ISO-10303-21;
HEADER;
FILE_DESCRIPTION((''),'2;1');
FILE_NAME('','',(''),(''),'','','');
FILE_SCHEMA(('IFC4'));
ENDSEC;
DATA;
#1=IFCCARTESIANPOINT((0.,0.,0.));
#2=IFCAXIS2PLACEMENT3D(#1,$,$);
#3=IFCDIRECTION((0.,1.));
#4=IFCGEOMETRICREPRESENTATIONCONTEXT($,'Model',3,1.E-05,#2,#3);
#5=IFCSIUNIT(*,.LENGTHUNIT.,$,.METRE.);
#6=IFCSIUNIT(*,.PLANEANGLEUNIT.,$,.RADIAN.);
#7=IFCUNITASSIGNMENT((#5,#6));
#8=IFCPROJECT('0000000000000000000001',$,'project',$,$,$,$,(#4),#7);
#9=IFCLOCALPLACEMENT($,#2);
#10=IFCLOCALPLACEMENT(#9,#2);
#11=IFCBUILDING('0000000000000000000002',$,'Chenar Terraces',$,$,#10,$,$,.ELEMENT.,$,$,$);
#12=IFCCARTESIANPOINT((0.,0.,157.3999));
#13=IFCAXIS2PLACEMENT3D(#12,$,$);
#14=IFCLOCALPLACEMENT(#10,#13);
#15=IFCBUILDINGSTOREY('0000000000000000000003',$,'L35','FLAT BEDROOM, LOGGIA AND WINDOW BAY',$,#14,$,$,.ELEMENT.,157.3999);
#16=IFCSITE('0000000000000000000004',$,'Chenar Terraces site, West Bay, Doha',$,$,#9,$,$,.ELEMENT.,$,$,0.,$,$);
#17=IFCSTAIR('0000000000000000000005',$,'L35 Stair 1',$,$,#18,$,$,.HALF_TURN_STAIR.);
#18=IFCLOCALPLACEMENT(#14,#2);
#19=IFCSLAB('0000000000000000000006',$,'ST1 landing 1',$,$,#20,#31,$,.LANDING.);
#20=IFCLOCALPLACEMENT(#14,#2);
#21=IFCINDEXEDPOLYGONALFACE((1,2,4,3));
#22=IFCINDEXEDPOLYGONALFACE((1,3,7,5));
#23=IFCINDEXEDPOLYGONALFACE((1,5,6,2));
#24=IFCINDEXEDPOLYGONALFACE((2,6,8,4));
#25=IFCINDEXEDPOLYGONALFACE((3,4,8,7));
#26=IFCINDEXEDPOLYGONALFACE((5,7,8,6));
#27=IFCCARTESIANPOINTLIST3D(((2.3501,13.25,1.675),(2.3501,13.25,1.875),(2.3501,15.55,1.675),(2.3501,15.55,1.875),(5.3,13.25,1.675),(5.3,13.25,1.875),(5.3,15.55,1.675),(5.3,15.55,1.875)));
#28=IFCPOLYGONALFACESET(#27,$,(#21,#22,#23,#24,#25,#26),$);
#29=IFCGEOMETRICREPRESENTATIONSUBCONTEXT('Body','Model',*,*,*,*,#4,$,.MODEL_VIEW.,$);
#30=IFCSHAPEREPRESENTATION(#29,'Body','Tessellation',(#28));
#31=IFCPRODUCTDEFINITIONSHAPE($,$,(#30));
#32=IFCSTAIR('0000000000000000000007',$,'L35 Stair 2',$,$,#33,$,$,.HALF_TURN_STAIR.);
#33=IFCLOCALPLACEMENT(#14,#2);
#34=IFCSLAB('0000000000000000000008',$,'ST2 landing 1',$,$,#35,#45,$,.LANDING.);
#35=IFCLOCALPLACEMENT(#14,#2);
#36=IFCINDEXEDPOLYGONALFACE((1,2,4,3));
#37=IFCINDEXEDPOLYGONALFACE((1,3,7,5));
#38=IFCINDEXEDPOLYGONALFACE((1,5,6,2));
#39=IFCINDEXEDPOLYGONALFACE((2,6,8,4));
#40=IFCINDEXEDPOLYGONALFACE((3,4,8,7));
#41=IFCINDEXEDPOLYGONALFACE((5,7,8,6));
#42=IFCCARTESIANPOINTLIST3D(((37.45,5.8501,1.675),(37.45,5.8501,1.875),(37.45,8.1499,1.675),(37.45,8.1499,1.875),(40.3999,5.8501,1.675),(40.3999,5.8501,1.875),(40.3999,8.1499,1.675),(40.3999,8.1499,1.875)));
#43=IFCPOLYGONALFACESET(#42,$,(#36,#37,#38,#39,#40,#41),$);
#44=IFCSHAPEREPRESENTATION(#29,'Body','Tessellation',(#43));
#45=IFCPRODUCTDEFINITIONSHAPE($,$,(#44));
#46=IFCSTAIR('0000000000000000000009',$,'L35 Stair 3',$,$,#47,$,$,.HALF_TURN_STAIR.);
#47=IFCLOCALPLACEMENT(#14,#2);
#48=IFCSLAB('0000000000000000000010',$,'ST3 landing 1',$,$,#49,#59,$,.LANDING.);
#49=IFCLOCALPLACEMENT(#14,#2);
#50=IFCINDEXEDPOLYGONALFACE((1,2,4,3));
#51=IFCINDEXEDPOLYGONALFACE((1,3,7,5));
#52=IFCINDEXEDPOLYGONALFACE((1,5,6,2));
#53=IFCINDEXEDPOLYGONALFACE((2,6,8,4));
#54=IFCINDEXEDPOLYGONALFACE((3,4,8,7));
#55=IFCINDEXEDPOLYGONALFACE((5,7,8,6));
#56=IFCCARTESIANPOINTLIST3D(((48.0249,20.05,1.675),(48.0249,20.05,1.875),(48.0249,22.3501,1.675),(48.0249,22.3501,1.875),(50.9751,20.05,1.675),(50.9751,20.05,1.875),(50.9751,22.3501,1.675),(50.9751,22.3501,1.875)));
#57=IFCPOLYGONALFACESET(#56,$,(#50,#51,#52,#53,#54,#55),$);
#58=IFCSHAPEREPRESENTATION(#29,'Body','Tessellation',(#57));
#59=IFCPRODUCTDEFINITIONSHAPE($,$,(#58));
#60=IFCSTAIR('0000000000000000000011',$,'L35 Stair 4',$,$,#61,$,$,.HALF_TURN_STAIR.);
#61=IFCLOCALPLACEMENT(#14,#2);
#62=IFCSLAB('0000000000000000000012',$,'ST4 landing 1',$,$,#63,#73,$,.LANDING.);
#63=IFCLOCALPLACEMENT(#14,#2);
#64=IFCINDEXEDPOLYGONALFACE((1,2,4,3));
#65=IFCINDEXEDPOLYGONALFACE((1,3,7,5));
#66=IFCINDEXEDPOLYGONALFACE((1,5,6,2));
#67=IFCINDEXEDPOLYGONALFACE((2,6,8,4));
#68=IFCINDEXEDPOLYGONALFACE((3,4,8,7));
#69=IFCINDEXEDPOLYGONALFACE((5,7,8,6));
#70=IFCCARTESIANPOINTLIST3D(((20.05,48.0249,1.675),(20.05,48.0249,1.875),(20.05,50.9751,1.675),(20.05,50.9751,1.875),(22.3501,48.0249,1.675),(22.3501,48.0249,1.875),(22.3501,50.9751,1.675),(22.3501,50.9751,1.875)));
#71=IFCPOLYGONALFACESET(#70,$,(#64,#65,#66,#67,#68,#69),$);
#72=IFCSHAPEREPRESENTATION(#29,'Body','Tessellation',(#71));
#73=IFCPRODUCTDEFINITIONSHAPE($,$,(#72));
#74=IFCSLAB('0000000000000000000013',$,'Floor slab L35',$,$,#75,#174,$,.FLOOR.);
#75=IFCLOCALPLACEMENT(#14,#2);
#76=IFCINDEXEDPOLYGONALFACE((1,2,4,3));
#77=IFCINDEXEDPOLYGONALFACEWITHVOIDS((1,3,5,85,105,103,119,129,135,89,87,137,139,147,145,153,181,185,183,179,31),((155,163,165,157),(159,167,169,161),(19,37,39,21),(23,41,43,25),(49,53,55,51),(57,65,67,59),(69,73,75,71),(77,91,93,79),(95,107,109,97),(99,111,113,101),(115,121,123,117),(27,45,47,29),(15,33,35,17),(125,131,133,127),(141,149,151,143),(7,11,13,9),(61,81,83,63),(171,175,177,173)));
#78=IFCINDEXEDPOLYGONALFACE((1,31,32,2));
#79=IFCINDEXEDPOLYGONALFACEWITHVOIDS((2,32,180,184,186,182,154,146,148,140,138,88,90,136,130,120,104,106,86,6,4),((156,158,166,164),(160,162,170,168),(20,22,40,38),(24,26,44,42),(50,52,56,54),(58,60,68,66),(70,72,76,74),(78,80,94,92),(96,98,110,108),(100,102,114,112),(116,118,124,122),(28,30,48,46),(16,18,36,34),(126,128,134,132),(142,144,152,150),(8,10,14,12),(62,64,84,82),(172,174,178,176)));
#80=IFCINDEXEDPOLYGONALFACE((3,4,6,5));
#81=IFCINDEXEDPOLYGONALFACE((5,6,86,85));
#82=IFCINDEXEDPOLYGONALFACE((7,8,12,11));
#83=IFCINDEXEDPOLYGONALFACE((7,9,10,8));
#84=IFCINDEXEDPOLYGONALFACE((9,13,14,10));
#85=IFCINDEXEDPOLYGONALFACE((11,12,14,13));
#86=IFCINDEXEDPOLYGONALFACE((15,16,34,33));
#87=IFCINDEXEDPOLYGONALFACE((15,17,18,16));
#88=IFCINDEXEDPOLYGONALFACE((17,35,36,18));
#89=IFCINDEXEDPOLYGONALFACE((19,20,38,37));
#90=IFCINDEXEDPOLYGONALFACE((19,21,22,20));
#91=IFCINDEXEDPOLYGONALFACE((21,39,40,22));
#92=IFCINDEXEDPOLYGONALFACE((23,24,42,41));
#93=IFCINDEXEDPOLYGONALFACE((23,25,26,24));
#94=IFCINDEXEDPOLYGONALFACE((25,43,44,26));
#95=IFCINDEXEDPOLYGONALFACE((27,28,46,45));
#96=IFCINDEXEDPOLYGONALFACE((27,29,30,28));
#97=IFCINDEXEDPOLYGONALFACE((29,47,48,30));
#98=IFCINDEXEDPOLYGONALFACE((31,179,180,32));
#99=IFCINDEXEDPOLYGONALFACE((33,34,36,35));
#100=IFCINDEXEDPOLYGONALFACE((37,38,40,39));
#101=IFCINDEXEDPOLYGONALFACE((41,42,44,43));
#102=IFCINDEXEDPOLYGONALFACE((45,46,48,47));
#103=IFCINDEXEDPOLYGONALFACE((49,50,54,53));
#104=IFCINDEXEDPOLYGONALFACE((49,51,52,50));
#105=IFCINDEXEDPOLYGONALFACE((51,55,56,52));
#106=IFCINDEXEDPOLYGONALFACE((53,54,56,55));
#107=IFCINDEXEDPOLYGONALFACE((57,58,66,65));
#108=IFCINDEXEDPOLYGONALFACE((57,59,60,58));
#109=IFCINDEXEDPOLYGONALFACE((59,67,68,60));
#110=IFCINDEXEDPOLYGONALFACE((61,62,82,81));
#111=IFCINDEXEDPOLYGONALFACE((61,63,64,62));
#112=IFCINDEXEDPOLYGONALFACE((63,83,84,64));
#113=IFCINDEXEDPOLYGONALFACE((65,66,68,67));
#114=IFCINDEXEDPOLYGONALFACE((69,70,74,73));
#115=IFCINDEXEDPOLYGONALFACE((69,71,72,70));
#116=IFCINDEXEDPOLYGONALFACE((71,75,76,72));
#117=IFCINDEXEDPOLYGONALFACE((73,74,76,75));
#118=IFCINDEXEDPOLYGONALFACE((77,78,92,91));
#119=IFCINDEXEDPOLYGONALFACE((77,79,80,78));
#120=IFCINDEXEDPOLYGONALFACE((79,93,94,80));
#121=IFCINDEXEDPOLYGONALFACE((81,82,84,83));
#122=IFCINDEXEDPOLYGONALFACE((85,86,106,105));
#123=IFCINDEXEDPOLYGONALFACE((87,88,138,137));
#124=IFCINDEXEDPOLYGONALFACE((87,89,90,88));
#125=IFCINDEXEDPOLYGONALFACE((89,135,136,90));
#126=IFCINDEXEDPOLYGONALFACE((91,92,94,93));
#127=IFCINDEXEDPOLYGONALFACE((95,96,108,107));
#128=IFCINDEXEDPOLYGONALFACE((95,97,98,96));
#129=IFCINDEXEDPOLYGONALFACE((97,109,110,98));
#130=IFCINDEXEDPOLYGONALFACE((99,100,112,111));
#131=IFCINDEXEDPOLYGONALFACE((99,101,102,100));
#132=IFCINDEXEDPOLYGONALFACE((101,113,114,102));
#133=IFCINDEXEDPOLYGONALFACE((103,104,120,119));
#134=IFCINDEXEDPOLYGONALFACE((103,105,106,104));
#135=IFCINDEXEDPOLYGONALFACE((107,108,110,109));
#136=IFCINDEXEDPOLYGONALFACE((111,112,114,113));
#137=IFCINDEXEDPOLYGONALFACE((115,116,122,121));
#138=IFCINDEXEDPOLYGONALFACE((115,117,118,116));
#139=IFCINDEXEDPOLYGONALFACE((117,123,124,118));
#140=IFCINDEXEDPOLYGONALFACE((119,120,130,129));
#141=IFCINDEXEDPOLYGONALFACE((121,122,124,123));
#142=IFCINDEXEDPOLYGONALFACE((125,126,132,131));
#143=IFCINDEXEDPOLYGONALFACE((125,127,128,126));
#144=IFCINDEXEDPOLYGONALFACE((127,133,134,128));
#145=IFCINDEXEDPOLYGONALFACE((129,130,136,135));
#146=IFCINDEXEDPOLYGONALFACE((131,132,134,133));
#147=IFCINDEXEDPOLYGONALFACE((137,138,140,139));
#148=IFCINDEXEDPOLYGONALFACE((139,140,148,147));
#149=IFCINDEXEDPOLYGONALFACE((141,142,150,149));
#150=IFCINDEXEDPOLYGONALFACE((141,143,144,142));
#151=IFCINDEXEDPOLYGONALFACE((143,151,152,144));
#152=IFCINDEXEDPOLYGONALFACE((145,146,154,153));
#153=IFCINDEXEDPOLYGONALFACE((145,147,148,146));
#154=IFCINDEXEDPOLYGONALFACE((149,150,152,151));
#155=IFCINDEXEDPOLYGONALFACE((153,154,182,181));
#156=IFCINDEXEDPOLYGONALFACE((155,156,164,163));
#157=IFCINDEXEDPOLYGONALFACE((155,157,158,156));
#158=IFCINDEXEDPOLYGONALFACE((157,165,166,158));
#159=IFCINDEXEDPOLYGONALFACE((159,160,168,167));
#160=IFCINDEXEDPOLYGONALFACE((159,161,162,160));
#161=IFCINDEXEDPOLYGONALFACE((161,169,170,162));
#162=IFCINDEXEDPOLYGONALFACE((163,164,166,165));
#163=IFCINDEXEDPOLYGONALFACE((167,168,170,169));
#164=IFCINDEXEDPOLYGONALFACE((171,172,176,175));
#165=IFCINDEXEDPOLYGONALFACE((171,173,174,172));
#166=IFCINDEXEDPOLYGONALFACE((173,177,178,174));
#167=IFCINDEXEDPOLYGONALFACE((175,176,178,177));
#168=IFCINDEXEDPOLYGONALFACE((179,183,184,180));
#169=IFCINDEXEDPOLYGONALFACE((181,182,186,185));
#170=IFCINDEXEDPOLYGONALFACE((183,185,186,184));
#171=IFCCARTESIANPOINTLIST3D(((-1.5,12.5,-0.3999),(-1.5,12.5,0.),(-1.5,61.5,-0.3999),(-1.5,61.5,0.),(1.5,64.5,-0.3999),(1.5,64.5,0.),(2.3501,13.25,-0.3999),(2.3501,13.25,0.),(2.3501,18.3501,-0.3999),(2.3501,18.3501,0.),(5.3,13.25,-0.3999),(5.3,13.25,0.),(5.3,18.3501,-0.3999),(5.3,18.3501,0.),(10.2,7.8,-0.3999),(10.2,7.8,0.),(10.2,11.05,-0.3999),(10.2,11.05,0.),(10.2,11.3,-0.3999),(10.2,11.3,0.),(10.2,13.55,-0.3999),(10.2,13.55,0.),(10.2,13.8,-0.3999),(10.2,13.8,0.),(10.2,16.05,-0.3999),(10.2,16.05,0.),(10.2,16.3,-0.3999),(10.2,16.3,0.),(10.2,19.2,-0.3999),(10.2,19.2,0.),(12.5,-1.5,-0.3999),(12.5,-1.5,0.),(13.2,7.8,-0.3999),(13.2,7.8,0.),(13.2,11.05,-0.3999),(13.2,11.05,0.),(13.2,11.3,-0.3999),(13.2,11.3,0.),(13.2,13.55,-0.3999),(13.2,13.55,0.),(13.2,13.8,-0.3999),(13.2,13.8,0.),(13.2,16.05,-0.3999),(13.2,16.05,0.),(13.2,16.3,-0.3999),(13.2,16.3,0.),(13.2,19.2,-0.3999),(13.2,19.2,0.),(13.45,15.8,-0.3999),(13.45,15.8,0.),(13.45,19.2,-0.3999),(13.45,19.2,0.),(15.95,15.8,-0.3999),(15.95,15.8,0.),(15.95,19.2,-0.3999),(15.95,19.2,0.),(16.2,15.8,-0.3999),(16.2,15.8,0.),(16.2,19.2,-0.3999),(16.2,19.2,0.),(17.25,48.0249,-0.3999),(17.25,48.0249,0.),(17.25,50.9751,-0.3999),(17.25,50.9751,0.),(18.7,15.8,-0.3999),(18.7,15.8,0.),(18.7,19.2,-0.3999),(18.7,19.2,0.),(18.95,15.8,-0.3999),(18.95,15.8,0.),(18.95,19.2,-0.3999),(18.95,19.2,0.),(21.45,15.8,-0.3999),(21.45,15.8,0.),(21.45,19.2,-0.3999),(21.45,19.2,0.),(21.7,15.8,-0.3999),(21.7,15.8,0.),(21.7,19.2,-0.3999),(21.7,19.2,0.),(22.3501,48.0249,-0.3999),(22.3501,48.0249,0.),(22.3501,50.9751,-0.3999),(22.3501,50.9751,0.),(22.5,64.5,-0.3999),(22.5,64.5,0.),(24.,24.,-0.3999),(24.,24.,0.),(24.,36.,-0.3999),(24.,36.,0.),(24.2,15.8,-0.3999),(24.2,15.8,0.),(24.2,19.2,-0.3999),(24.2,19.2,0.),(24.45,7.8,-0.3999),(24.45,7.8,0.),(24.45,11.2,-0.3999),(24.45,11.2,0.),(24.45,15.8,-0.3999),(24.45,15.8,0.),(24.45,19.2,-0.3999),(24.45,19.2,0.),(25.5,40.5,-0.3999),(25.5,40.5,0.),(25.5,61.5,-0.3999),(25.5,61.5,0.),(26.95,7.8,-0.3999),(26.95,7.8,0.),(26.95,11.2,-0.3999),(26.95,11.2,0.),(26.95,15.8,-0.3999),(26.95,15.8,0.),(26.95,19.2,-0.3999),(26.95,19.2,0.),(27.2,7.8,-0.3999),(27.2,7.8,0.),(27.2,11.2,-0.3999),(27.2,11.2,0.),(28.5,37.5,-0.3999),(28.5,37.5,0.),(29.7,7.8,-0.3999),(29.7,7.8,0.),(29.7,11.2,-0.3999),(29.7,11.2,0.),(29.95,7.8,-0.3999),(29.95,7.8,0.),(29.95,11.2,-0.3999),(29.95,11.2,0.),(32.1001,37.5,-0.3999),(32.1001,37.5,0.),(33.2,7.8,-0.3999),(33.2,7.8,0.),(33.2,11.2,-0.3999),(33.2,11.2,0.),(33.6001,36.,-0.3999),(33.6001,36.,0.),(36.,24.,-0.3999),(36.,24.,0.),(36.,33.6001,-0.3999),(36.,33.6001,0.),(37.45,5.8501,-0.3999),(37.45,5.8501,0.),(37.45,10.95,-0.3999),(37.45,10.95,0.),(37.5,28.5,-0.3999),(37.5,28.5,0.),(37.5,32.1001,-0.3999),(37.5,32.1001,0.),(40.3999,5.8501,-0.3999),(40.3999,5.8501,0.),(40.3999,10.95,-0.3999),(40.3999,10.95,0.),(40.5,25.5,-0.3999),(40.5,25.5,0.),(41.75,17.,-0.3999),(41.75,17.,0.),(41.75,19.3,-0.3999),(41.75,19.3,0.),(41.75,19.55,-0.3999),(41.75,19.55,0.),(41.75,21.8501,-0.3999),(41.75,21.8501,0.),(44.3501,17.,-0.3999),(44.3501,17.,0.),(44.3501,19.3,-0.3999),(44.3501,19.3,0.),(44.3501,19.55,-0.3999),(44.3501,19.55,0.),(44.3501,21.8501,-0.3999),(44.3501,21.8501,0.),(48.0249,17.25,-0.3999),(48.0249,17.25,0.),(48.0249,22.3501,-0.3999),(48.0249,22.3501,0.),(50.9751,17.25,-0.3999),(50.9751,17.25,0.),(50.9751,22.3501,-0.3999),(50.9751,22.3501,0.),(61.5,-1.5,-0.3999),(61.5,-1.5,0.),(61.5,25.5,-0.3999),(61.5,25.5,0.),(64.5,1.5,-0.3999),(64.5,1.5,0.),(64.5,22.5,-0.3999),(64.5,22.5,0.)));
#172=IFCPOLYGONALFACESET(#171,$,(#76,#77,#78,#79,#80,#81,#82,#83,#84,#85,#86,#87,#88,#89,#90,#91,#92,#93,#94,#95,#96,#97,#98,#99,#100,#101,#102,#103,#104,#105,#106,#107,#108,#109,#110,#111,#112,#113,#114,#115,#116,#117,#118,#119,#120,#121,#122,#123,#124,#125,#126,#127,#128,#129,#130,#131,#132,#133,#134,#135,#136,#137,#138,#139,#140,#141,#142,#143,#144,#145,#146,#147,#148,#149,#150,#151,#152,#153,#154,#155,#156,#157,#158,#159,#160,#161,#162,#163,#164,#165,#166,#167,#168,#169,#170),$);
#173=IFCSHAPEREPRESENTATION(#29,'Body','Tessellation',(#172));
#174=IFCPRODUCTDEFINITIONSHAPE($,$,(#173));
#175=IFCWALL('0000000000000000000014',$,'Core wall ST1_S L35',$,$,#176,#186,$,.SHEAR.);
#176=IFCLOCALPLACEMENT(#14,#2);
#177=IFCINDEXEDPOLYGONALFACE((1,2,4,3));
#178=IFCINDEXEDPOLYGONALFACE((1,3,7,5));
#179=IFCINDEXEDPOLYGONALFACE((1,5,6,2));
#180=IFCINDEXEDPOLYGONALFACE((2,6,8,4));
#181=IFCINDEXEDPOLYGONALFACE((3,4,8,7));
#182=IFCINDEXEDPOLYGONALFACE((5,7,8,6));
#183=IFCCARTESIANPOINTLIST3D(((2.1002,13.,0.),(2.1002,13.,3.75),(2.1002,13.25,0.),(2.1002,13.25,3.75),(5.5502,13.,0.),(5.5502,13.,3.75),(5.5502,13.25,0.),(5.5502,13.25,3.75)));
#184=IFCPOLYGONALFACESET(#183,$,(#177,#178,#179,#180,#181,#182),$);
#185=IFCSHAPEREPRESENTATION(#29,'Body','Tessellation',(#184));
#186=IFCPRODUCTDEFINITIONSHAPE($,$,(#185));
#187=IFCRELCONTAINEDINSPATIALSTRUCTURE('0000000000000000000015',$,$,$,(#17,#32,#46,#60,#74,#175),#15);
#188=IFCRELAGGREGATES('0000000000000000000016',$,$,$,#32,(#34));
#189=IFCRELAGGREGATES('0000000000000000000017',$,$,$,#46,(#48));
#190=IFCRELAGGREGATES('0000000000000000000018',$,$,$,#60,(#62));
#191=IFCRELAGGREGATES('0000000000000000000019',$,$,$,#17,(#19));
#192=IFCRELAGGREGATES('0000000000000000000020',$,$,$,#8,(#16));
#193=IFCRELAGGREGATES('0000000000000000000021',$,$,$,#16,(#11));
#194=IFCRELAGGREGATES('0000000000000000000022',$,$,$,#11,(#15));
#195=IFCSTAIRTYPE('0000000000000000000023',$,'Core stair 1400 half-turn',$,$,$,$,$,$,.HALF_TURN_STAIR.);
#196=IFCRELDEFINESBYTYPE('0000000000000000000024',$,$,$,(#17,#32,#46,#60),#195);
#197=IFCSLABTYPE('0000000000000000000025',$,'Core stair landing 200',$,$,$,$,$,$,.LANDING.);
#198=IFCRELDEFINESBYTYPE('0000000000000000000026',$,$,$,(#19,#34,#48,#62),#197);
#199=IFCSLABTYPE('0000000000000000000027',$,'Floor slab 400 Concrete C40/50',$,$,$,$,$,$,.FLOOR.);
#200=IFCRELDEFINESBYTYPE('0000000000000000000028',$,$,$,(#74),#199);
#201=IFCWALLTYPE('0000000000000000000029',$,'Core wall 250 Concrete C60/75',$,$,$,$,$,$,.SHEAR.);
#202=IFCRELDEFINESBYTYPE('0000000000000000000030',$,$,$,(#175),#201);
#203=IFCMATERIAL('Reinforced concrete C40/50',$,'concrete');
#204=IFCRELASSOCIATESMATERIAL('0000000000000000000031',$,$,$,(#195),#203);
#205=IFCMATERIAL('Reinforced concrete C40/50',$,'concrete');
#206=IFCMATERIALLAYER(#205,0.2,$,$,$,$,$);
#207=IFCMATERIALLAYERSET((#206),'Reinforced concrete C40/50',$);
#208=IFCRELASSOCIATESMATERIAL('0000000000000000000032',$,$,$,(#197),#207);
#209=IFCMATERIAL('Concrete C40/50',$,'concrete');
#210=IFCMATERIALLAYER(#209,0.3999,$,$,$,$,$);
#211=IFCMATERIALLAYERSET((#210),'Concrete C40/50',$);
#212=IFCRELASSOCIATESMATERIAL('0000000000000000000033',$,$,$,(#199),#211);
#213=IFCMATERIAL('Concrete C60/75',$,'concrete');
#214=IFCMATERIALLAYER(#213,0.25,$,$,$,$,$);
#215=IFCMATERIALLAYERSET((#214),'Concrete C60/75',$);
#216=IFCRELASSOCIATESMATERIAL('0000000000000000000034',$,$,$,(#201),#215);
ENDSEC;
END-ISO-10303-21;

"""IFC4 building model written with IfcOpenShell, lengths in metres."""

from ifc_helpers import new_model, si_unit, direction, frame, frame_2d, origin, place, context, subcontext, project, spatial, polyline, rectangle, outline, extrude, material, layer, layer_set, type_object, element, aggregate, save


model = new_model("IFC4")

# Units and contexts
model_context = context("Model", 3, precision=1e-05, world=origin(), true_north=direction((0.0, 1.0)))
body_context = subcontext(model_context, "Body", "Model", "MODEL_VIEW")
ifc_project = project(units=[si_unit("LENGTHUNIT", "METRE"), si_unit("PLANEANGLEUNIT", "RADIAN")], contexts=[model_context])

# Site, building, storey
site_placement = place(None, origin())
site = spatial("IfcSite", under=ifc_project, at=site_placement, Name="Chenar Terraces site, West Bay, Doha", CompositionType="ELEMENT", RefElevation=0.0)
building_placement = place(site_placement, origin())
building = spatial("IfcBuilding", under=site, at=building_placement, Name="Chenar Terraces", CompositionType="ELEMENT")
storey_placement = place(building_placement, frame((0.0, 0.0, 157.3999)))
storey = spatial("IfcBuildingStorey", under=building, at=storey_placement, Name="L35", Description="FLAT BEDROOM, LOGGIA AND WINDOW BAY", CompositionType="ELEMENT", Elevation=157.3999)

# Stairs, slabs
ifc_material_1 = material(Name="Reinforced concrete C40/50", Category="concrete")
stair_type = type_object("IfcStairType", Name="Core stair 1400 half-turn", PredefinedType="HALF_TURN_STAIR", material=ifc_material_1)
placement_1 = place(storey_placement, origin())
stair_1 = element("IfcStair", 1, at=placement_1, inside=storey, type_object=stair_type, Name="L35 Stair 1", PredefinedType="HALF_TURN_STAIR")
ifc_material_2 = material(Name="Reinforced concrete C40/50", Category="concrete")
ifc_layer_1 = layer(ifc_material_2, 0.2)
ifc_layer_set_1 = layer_set([ifc_layer_1], Name="Reinforced concrete C40/50")
slab_type_1 = type_object("IfcSlabType", Name="Core stair landing 200", PredefinedType="LANDING", material=ifc_layer_set_1)
placement_2 = place(storey_placement, frame((0.0, 0.0, 1.675)))
slab_1 = element("IfcSlab", 2, at=placement_2, type_object=slab_type_1, Name="ST1 landing 1", PredefinedType="LANDING", context=body_context, shape_type="SweptSolid", body=[
    extrude(outline(polyline([(2.3501, 15.55), (2.3501, 13.25), (5.3, 13.25), (5.3, 15.55), (2.3501, 15.55)])), origin(), (0.0, 0.0, 1.0), 0.2),
])
stair_2 = element("IfcStair", 3, at=placement_1, inside=storey, type_object=stair_type, Name="L35 Stair 2", PredefinedType="HALF_TURN_STAIR")
slab_2 = element("IfcSlab", 4, at=placement_2, type_object=slab_type_1, Name="ST2 landing 1", PredefinedType="LANDING", context=body_context, shape_type="SweptSolid", body=[
    extrude(outline(polyline([(37.45, 8.1499), (37.45, 5.8501), (40.3999, 5.8501), (40.3999, 8.1499), (37.45, 8.1499)])), origin(), (0.0, 0.0, 1.0), 0.2),
])
aggregate(stair_2, [slab_2])
stair_3 = element("IfcStair", 5, at=placement_1, inside=storey, type_object=stair_type, Name="L35 Stair 3", PredefinedType="HALF_TURN_STAIR")
slab_3 = element("IfcSlab", 6, at=placement_2, type_object=slab_type_1, Name="ST3 landing 1", PredefinedType="LANDING", context=body_context, shape_type="SweptSolid", body=[
    extrude(outline(polyline([(50.9751, 20.05), (50.9751, 22.3501), (48.0249, 22.3501), (48.0249, 20.05), (50.9751, 20.05)])), origin(), (0.0, 0.0, 1.0), 0.2),
])
aggregate(stair_3, [slab_3])
stair_4 = element("IfcStair", 7, at=placement_1, inside=storey, type_object=stair_type, Name="L35 Stair 4", PredefinedType="HALF_TURN_STAIR")
slab_4 = element("IfcSlab", 8, at=placement_2, type_object=slab_type_1, Name="ST4 landing 1", PredefinedType="LANDING", context=body_context, shape_type="SweptSolid", body=[
    extrude(outline(polyline([(20.05, 48.0249), (22.3501, 48.0249), (22.3501, 50.9751), (20.05, 50.9751), (20.05, 48.0249)])), origin(), (0.0, 0.0, 1.0), 0.2),
])
aggregate(stair_4, [slab_4])

# Slab
ifc_material_3 = material(Name="Concrete C40/50", Category="concrete")
ifc_layer_2 = layer(ifc_material_3, 0.3999)
ifc_layer_set_2 = layer_set([ifc_layer_2], Name="Concrete C40/50")
slab_type_2 = type_object("IfcSlabType", Name="Floor slab 400 Concrete C40/50", PredefinedType="FLOOR", material=ifc_layer_set_2)
slab_5_placement = place(storey_placement, frame((0.0, 0.0, -0.3999)))
element("IfcSlab", 9, at=slab_5_placement, inside=storey, type_object=slab_type_2, Name="Floor slab L35", PredefinedType="FLOOR", context=body_context, shape_type="SweptSolid", body=[
    extrude(outline(polyline([(64.5, 22.5), (64.5, 1.5), (61.5, -1.5), (12.5, -1.5), (-1.5, 12.5), (-1.5, 61.5), (1.5, 64.5), (22.5, 64.5), (25.5, 61.5), (25.5, 40.5), (28.5, 37.5), (32.1001, 37.5), (33.6001, 36.0), (24.0, 36.0), (24.0, 24.0), (36.0, 24.0), (36.0, 33.6001), (37.5, 32.1001), (37.5, 28.5), (40.5, 25.5), (61.5, 25.5), (64.5, 22.5)]), holes=[polyline([(13.2, 11.05), (10.2, 11.05), (10.2, 7.8), (13.2, 7.8), (13.2, 11.05)]), polyline([(13.2, 13.55), (10.2, 13.55), (10.2, 11.3), (13.2, 11.3), (13.2, 13.55)]), polyline([(13.2, 16.05), (10.2, 16.05), (10.2, 13.8), (13.2, 13.8), (13.2, 16.05)]), polyline([(2.3501, 13.25), (5.3, 13.25), (5.3, 18.3501), (2.3501, 18.3501), (2.3501, 13.25)]), polyline([(15.95, 19.2), (13.45, 19.2), (13.45, 15.8), (15.95, 15.8), (15.95, 19.2)]), polyline([(18.7, 19.2), (16.2, 19.2), (16.2, 15.8), (18.7, 15.8), (18.7, 19.2)]), polyline([(21.45, 19.2), (18.95, 19.2), (18.95, 15.8), (21.45, 15.8), (21.45, 19.2)]), polyline([(24.2, 15.8), (24.2, 19.2), (21.7, 19.2), (21.7, 15.8), (24.2, 15.8)]), polyline([(13.2, 16.3), (13.2, 19.2), (10.2, 19.2), (10.2, 16.3), (13.2, 16.3)]), polyline([(22.3501, 48.0249), (22.3501, 50.9751), (17.25, 50.9751), (17.25, 48.0249), (22.3501, 48.0249)]), polyline([(37.45, 5.8501), (40.3999, 5.8501), (40.3999, 10.95), (37.45, 10.95), (37.45, 5.8501)]), polyline([(26.95, 11.2), (24.45, 11.2), (24.45, 7.8), (26.95, 7.8), (26.95, 11.2)]), polyline([(29.7, 7.8), (29.7, 11.2), (27.2, 11.2), (27.2, 7.8), (29.7, 7.8)]), polyline([(33.2, 7.8), (33.2, 11.2), (29.95, 11.2), (29.95, 7.8), (33.2, 7.8)]), polyline([(26.95, 19.2), (24.45, 19.2), (24.45, 15.8), (26.95, 15.8), (26.95, 19.2)]), polyline([(44.3501, 19.3), (41.75, 19.3), (41.75, 17.0), (44.3501, 17.0), (44.3501, 19.3)]), polyline([(50.9751, 22.3501), (48.0249, 22.3501), (48.0249, 17.25), (50.9751, 17.25), (50.9751, 22.3501)]), polyline([(44.3501, 19.55), (44.3501, 21.8501), (41.75, 21.8501), (41.75, 19.55), (44.3501, 19.55)])]), origin(), (0.0, 0.0, 1.0), 0.3999),
])

# Wall
ifc_material_4 = material(Name="Concrete C60/75", Category="concrete")
ifc_layer_3 = layer(ifc_material_4, 0.25)
ifc_layer_set_3 = layer_set([ifc_layer_3], Name="Concrete C60/75")
wall_type_1 = type_object("IfcWallType", Name="Core wall 250 Concrete C60/75", PredefinedType="SHEAR", material=ifc_layer_set_3)
wall_1_placement = place(storey_placement, frame((2.1001, 13.125, 0.0), z_axis=(0.0, 0.0, 1.0), x_axis=(1.0, 0.0, 0.0)))
element("IfcWall", 10, at=wall_1_placement, inside=storey, type_object=wall_type_1, Name="Core wall ST1_S L35", PredefinedType="SHEAR", context=body_context, shape_type="SweptSolid", body=[
    extrude(rectangle(XDim=3.45, YDim=0.25, at=frame_2d((1.7251, 0.0))), origin(), (0.0, 0.0, 1.0), 3.75),
])

aggregate(stair_1, [slab_1])

save(model, "model.ifc")
